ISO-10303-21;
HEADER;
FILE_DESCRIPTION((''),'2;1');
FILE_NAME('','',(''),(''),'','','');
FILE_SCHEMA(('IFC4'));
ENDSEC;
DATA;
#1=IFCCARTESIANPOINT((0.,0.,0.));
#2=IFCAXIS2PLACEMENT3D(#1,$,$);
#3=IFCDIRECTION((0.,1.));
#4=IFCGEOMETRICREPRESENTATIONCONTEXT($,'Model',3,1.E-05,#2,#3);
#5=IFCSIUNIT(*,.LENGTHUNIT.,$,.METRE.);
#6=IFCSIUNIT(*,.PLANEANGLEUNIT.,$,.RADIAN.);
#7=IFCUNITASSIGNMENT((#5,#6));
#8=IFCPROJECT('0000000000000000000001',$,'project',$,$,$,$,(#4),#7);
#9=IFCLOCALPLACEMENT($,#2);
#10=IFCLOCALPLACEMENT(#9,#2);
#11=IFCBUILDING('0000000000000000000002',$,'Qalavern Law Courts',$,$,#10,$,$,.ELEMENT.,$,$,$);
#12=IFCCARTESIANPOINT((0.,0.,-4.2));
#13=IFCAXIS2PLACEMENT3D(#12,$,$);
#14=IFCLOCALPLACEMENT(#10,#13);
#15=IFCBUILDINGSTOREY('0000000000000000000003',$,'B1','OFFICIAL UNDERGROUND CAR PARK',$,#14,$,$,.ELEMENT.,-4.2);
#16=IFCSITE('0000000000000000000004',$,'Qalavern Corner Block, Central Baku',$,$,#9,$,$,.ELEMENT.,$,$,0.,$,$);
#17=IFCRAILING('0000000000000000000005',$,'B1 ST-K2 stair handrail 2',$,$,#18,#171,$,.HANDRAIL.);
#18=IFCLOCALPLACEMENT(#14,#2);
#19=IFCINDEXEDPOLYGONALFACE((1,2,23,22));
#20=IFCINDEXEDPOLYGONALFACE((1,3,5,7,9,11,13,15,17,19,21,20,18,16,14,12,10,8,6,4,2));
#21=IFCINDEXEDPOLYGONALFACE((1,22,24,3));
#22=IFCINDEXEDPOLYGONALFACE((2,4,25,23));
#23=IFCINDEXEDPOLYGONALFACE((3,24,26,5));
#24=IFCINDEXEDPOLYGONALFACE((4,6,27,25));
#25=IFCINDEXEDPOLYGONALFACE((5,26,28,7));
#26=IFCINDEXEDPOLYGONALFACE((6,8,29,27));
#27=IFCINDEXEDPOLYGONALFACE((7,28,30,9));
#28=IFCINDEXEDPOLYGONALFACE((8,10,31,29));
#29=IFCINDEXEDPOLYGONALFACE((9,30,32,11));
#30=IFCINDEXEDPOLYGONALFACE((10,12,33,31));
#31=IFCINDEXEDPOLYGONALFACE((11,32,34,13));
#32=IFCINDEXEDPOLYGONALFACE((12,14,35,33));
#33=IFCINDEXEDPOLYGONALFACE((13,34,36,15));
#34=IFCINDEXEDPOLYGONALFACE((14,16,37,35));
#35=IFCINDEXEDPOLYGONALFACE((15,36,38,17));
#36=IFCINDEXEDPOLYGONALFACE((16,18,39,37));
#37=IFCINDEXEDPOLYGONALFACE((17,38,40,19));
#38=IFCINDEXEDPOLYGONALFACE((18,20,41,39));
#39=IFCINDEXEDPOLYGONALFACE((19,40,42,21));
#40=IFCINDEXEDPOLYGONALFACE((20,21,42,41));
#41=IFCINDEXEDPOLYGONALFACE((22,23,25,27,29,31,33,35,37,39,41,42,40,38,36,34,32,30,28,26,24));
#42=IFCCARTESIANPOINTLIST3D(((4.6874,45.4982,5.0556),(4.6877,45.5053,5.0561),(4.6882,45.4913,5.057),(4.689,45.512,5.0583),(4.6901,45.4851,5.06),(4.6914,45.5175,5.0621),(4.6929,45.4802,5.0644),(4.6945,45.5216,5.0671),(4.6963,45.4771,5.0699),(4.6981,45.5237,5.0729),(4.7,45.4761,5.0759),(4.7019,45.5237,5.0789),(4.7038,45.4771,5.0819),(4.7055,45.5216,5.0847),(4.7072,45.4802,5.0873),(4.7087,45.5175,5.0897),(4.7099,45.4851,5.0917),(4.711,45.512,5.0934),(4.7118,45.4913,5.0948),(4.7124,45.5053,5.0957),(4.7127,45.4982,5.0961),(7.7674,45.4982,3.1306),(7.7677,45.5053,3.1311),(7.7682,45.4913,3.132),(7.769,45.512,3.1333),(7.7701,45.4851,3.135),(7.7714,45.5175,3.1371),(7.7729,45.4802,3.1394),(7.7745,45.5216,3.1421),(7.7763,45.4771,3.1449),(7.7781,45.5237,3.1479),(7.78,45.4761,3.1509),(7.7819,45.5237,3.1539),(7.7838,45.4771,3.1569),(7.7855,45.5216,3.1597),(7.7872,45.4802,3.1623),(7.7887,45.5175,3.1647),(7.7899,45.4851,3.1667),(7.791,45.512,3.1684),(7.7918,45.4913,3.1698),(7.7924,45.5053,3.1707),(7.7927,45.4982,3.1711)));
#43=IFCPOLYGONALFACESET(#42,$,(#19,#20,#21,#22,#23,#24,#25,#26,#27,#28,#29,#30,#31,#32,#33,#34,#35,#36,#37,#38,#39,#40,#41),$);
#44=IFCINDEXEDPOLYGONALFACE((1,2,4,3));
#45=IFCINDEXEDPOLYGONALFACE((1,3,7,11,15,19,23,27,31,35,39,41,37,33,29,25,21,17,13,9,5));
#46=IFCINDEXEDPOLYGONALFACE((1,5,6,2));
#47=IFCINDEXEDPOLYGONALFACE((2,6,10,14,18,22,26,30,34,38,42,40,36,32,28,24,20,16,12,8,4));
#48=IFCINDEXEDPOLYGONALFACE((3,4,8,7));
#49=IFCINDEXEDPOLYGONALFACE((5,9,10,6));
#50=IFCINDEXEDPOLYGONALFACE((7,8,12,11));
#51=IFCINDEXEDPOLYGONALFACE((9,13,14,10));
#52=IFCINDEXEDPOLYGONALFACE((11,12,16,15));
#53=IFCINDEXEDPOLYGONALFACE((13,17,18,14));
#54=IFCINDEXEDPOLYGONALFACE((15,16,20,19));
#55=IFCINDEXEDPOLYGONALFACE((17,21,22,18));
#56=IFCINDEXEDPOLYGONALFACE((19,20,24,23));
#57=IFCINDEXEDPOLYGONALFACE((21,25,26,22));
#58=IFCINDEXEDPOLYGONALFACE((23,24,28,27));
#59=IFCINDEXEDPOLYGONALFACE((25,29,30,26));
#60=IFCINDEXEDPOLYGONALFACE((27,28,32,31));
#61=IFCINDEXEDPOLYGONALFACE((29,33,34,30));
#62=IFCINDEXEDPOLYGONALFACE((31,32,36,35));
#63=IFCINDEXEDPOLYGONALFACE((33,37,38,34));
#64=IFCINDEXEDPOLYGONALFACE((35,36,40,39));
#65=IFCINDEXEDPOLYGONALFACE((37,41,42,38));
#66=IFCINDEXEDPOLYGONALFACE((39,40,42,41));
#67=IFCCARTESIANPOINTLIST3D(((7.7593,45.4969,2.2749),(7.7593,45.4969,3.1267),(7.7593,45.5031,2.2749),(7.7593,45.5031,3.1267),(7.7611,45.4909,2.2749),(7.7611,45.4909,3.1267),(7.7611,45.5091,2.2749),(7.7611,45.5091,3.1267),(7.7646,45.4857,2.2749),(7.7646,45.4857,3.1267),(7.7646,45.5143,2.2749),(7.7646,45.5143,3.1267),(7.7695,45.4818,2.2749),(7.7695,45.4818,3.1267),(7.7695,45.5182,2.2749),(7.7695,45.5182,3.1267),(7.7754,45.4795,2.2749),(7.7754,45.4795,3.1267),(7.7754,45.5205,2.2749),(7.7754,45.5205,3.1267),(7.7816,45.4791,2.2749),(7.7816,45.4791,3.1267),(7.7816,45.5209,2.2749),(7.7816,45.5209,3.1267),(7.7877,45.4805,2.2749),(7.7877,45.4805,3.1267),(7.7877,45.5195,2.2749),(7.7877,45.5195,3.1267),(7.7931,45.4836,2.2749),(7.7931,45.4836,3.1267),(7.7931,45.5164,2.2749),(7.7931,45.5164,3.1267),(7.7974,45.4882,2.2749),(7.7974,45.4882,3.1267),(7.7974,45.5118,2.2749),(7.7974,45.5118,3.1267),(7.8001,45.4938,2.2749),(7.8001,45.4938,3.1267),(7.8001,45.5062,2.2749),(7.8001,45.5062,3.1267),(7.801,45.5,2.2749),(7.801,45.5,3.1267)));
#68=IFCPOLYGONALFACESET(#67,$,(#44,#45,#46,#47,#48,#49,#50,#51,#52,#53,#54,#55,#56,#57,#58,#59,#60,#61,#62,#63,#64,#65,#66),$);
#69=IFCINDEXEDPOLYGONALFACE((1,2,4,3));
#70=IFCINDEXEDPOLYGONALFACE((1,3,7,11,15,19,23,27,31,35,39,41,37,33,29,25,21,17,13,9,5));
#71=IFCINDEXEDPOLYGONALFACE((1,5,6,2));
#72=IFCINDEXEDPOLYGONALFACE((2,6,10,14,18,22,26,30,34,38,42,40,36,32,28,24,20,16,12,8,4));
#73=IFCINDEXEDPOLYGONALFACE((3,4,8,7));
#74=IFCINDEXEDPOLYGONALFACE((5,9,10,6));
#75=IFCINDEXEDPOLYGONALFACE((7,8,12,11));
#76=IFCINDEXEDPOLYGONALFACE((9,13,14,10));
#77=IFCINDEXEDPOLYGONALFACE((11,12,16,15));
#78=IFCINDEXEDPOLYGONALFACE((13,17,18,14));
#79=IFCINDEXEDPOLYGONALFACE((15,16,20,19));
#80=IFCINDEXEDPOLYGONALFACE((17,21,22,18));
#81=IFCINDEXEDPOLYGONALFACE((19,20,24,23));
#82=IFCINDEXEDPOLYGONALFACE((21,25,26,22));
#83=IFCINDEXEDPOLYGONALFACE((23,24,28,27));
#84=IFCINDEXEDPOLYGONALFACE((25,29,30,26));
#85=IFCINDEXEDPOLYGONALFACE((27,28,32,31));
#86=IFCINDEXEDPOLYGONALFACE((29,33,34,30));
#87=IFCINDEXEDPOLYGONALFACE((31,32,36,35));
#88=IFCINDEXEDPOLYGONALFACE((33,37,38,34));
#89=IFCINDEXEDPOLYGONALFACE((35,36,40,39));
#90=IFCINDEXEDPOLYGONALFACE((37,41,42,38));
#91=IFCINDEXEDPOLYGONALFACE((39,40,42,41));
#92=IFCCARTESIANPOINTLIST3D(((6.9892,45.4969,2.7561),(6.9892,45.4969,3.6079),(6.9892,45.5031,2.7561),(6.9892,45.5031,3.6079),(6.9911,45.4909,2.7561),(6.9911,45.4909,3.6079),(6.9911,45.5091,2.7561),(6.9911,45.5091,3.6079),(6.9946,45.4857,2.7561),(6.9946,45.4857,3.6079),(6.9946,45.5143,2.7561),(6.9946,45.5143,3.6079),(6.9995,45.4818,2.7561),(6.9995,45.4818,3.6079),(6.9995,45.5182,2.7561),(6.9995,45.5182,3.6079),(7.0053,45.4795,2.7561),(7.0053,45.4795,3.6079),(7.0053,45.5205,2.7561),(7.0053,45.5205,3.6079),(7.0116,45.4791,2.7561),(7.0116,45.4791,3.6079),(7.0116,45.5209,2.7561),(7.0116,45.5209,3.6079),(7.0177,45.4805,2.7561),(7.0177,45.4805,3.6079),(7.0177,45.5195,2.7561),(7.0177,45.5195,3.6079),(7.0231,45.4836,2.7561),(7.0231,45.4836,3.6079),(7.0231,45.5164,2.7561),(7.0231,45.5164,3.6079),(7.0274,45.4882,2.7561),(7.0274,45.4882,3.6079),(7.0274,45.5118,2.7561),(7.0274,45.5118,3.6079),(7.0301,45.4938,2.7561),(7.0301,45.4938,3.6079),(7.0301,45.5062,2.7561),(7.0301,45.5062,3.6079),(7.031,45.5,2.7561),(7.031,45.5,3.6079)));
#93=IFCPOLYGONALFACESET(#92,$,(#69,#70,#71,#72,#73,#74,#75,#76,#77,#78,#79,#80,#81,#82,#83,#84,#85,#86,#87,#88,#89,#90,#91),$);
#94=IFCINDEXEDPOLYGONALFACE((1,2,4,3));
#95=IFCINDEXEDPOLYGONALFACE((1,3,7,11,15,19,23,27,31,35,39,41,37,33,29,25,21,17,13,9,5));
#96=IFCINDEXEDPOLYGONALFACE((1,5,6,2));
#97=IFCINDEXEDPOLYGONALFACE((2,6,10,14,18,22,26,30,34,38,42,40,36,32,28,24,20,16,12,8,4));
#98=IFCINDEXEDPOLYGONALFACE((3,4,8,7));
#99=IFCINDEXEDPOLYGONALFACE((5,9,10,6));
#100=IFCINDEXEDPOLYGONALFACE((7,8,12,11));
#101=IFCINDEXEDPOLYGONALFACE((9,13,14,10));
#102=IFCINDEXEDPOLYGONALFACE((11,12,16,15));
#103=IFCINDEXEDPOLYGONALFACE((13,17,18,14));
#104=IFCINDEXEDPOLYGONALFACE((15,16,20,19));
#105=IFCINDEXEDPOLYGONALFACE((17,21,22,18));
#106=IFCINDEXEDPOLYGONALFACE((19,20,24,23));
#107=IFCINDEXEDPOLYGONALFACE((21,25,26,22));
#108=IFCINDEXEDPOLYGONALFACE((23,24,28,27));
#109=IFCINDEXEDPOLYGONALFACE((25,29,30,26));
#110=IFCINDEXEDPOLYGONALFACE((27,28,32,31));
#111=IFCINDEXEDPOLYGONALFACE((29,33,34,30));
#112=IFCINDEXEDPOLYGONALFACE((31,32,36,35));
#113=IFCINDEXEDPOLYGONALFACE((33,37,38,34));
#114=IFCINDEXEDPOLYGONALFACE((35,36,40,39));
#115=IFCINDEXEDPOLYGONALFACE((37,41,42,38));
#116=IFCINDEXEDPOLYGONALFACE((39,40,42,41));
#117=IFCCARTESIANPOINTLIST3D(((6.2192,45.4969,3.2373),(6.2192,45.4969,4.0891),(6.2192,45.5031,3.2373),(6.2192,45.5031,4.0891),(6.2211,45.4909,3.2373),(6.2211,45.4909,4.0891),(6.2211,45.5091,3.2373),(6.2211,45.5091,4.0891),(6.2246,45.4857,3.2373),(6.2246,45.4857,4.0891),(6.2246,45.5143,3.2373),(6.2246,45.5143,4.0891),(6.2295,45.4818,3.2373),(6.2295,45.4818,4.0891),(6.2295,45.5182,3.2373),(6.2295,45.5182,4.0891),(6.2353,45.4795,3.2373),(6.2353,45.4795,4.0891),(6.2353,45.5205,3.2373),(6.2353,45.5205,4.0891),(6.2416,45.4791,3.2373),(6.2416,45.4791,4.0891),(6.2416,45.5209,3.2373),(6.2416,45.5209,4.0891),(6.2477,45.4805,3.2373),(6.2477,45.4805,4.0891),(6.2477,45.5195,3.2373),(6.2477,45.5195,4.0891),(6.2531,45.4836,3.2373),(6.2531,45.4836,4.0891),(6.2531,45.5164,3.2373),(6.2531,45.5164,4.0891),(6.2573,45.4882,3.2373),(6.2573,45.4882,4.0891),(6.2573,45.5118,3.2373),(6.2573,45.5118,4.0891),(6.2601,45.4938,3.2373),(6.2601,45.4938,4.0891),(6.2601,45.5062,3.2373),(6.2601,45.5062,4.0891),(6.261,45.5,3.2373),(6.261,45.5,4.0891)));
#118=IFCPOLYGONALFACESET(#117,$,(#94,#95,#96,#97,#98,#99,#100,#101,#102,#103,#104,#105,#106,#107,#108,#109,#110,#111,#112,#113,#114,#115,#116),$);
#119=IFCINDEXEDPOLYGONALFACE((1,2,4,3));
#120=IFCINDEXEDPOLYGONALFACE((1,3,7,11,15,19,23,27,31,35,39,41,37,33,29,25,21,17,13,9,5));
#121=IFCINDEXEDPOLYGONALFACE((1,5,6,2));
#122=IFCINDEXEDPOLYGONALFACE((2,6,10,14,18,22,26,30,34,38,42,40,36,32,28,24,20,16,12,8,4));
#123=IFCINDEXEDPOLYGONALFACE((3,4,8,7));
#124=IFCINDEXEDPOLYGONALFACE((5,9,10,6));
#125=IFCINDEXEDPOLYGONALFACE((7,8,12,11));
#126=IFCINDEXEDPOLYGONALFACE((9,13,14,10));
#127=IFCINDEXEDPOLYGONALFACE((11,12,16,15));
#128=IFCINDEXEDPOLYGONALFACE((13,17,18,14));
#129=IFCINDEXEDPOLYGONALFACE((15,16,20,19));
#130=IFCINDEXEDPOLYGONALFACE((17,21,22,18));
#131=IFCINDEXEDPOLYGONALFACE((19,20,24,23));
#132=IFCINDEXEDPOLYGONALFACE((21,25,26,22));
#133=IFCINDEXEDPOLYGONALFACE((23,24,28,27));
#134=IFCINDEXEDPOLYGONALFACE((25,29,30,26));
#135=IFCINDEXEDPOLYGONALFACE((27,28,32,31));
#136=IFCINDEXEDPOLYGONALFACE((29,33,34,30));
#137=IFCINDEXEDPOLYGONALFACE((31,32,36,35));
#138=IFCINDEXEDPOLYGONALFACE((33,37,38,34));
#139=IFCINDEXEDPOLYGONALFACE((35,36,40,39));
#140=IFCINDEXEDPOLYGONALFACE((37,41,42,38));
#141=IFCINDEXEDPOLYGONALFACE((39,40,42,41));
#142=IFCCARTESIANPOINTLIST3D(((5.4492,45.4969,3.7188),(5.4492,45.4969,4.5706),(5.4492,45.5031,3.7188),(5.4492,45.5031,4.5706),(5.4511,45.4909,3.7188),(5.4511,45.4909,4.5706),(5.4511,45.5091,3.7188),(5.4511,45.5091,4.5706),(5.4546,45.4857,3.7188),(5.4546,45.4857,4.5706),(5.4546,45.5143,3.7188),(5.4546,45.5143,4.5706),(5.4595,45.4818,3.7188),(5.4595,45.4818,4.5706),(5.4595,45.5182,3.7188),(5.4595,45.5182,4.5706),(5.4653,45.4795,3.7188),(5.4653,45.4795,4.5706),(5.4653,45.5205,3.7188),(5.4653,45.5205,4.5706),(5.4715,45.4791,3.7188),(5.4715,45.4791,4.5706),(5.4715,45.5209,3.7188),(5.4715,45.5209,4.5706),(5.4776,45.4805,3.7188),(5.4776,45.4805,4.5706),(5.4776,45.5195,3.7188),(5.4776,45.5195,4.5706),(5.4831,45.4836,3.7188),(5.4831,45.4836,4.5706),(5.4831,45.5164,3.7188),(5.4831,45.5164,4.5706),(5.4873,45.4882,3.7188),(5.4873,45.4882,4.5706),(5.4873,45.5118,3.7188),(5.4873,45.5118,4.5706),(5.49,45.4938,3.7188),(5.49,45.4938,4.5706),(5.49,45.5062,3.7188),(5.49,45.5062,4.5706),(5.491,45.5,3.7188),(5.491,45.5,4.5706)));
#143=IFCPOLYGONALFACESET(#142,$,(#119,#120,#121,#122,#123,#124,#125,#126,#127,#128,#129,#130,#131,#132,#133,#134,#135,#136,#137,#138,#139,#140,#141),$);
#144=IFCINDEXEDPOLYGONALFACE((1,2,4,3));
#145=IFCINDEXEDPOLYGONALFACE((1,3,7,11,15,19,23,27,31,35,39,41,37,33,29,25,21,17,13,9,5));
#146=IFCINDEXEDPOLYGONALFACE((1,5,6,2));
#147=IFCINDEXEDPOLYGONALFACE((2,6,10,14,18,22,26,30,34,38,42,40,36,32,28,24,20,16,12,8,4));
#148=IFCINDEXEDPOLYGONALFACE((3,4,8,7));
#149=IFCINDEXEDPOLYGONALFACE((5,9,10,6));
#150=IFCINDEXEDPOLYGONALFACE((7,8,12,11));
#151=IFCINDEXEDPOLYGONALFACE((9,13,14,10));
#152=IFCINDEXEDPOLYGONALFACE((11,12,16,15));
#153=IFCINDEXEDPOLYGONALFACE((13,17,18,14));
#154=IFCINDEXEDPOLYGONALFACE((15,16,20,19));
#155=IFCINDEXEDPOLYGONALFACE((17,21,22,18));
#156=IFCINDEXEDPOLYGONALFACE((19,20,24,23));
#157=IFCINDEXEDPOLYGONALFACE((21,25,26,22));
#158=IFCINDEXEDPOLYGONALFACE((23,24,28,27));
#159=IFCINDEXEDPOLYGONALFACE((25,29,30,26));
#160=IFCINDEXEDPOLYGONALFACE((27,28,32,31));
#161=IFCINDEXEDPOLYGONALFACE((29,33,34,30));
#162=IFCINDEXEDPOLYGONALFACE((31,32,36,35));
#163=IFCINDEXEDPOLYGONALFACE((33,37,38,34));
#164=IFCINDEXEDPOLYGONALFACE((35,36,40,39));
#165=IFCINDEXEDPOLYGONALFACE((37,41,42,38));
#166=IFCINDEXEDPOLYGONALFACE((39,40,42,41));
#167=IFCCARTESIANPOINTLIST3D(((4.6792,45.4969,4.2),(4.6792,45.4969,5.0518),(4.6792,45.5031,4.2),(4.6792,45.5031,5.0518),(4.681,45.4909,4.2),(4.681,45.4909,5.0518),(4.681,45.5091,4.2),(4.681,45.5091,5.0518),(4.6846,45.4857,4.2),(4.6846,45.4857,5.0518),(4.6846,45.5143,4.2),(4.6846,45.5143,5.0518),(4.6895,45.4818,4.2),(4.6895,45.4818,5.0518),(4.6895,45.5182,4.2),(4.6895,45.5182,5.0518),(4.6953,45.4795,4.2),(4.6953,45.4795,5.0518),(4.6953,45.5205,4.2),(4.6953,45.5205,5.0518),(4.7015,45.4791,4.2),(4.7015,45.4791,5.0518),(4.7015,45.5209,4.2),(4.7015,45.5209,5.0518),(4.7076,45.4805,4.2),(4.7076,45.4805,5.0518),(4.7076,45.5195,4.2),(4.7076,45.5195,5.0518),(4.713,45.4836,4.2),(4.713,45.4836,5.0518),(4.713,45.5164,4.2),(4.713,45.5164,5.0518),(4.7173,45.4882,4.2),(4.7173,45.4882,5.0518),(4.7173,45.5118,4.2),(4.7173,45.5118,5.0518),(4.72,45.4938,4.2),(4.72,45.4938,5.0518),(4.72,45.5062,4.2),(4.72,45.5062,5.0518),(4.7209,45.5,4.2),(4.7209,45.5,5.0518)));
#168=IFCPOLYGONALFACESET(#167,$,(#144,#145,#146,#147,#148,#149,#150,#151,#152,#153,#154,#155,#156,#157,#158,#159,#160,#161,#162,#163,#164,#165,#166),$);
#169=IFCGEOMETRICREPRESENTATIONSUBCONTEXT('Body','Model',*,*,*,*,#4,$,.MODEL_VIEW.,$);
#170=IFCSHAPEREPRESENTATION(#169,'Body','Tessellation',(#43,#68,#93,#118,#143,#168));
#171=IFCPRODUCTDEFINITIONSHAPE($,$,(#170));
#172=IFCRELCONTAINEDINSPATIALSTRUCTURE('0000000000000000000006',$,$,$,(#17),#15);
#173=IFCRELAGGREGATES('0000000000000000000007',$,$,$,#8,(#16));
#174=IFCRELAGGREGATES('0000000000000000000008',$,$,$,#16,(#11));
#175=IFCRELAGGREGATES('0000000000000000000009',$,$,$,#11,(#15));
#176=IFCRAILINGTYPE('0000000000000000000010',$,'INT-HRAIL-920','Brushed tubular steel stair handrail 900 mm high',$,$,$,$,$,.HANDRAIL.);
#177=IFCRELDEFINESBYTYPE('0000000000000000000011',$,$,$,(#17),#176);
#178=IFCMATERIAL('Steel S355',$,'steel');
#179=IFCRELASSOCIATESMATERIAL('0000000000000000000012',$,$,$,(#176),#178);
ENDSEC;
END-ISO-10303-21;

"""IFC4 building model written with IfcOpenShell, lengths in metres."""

from ifc_helpers import new_model, si_unit, direction, frame, origin, origin_2d, place, context, subcontext, project, spatial, circle, extrude, material, type_object, element, save


model = new_model("IFC4")

# Units and contexts
model_context = context("Model", 3, precision=1e-05, world=origin(), true_north=direction((0.0, 1.0)))
body_context = subcontext(model_context, "Body", "Model", "MODEL_VIEW")
ifc_project = project(units=[si_unit("LENGTHUNIT", "METRE"), si_unit("PLANEANGLEUNIT", "RADIAN")], contexts=[model_context])

# Site, building, storey
site_placement = place(None, origin())
site = spatial("IfcSite", under=ifc_project, at=site_placement, Name="Qalavern Corner Block, Central Baku", CompositionType="ELEMENT", RefElevation=0.0)
building_placement = place(site_placement, origin())
building = spatial("IfcBuilding", under=site, at=building_placement, Name="Qalavern Law Courts", CompositionType="ELEMENT")
storey_placement = place(building_placement, frame((0.0, 0.0, -4.2)))
storey = spatial("IfcBuildingStorey", under=building, at=storey_placement, Name="B1", Description="OFFICIAL UNDERGROUND CAR PARK", CompositionType="ELEMENT", Elevation=-4.2)

# Shared definitions
ifc_material_1 = material(Name="Steel S355", Category="steel")

# Railing
railing_type_1 = type_object("IfcRailingType", Name="INT-HRAIL-920", Description="Brushed tubular steel stair handrail 900 mm high", PredefinedType="HANDRAIL", material=ifc_material_1)
railing_1_placement = place(storey_placement, frame((7.78, 45.5, 2.2749)))
element("IfcRailing", 1, at=railing_1_placement, inside=storey, type_object=railing_type_1, Name="B1 ST-K2 stair handrail 2", PredefinedType="HANDRAIL", context=body_context, shape_type="SweptSolid", body=[
    extrude(circle(Radius=0.0239, at=origin_2d()), frame((0.0, 0.0, 0.876), z_axis=(-0.847998, 0.0, 0.529999), x_axis=(0.0, -1.0, 0.0)), (0.0, 0.0, 1.0), 3.6321),
    extrude(circle(Radius=0.021, at=origin_2d()), origin(), (0.0, 0.0, 1.0), 0.8518),
    extrude(circle(Radius=0.021, at=origin_2d()), frame((-0.77, 0.0, 0.4812)), (0.0, 0.0, 1.0), 0.8518),
    extrude(circle(Radius=0.021, at=origin_2d()), frame((-1.54, 0.0, 0.9624)), (0.0, 0.0, 1.0), 0.8518),
    extrude(circle(Radius=0.021, at=origin_2d()), frame((-2.3101, 0.0, 1.4438)), (0.0, 0.0, 1.0), 0.8518),
    extrude(circle(Radius=0.021, at=origin_2d()), frame((-3.0801, 0.0, 1.925)), (0.0, 0.0, 1.0), 0.8518),
])

save(model, "model.ifc")
